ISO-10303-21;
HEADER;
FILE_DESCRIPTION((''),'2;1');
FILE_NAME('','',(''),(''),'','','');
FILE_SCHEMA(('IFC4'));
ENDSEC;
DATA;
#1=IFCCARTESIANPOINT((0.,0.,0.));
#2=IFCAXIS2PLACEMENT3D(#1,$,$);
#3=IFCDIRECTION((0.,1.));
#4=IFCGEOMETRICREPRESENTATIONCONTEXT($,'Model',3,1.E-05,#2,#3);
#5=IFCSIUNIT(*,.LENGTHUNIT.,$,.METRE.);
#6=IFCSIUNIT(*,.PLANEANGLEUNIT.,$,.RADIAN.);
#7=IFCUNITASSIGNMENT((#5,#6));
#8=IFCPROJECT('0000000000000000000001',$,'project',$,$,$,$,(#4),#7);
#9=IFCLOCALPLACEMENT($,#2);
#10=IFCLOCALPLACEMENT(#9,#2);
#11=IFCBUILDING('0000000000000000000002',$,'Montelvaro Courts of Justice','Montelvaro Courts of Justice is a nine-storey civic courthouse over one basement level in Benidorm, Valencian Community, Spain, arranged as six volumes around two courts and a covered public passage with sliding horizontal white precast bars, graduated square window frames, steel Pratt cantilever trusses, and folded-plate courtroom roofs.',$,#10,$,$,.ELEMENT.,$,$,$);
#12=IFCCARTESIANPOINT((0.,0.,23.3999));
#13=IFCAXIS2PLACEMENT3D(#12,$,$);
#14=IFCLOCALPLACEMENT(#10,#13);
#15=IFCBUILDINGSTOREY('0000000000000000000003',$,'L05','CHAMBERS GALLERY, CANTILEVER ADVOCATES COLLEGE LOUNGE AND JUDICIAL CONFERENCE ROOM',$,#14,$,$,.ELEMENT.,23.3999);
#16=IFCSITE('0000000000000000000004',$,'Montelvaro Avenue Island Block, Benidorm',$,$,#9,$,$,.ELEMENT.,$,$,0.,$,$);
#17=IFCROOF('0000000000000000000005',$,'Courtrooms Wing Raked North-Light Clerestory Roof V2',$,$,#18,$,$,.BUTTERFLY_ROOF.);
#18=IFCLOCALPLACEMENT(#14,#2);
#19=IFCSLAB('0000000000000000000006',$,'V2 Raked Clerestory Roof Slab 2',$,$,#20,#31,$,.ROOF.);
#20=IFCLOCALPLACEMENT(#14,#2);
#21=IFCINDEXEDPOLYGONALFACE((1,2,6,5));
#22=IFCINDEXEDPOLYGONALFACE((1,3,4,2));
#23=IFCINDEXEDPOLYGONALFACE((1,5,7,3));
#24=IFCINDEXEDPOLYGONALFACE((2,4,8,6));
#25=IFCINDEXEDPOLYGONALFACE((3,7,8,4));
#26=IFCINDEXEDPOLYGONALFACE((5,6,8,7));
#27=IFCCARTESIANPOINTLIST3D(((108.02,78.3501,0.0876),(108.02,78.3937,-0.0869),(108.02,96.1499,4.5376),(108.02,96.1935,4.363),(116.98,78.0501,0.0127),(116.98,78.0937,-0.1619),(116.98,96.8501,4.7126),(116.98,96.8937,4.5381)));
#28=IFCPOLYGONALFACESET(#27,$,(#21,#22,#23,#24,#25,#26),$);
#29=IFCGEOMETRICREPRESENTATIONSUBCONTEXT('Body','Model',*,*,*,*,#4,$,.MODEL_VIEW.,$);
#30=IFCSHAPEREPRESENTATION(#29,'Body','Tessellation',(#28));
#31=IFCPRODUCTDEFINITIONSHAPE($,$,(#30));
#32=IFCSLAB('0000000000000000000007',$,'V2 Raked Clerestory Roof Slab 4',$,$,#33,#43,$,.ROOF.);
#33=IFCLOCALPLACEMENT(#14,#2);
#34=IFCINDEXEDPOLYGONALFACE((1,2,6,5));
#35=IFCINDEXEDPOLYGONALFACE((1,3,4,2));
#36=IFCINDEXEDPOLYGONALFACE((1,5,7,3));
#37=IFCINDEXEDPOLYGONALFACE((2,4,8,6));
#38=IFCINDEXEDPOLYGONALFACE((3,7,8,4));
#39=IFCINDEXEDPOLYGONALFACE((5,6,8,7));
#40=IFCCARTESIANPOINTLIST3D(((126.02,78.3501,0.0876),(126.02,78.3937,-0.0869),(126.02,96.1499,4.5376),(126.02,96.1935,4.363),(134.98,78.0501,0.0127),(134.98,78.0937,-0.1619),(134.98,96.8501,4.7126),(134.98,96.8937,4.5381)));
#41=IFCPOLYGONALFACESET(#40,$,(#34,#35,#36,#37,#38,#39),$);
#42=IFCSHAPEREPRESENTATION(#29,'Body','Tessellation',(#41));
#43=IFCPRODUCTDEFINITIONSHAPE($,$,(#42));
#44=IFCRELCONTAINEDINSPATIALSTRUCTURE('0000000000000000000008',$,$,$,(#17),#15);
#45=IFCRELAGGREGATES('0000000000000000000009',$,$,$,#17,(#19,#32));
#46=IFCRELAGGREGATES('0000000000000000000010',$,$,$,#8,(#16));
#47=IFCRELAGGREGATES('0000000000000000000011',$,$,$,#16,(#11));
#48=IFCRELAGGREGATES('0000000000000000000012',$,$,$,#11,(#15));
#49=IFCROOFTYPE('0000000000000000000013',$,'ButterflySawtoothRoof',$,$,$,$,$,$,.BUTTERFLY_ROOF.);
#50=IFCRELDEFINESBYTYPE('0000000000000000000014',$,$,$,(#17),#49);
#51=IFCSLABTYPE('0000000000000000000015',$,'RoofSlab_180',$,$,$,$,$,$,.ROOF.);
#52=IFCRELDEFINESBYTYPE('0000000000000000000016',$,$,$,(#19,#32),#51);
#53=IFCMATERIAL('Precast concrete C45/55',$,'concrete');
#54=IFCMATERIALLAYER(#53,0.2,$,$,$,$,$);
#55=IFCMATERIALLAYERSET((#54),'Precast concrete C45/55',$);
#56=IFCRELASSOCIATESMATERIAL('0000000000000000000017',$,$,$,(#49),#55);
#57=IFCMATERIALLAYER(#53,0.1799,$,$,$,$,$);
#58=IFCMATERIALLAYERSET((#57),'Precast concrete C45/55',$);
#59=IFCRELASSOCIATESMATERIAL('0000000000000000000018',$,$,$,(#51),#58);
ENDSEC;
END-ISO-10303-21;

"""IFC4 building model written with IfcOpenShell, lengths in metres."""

from ifc_helpers import new_model, si_unit, direction, frame, origin, place, context, subcontext, project, spatial, polyline, outline, extrude, material, layer, layer_set, type_object, element, aggregate, save


model = new_model("IFC4")

# Units and contexts
model_context = context("Model", 3, precision=1e-05, world=origin(), true_north=direction((0.0, 1.0)))
body_context = subcontext(model_context, "Body", "Model", "MODEL_VIEW")
ifc_project = project(units=[si_unit("LENGTHUNIT", "METRE"), si_unit("PLANEANGLEUNIT", "RADIAN")], contexts=[model_context])

# Site, building, storey
site_placement = place(None, origin())
site = spatial("IfcSite", under=ifc_project, at=site_placement, Name="Montelvaro Avenue Island Block, Benidorm", CompositionType="ELEMENT", RefElevation=0.0)
building_placement = place(site_placement, origin())
building = spatial("IfcBuilding", under=site, at=building_placement, Name="Montelvaro Courts of Justice", Description="Montelvaro Courts of Justice is a nine-storey civic courthouse over one basement level in Benidorm, Valencian Community, Spain, arranged as six volumes around two courts and a covered public passage with sliding horizontal white precast bars, graduated square window frames, steel Pratt cantilever trusses, and folded-plate courtroom roofs.", CompositionType="ELEMENT")
storey_placement = place(building_placement, frame((0.0, 0.0, 23.3999)))
storey = spatial("IfcBuildingStorey", under=building, at=storey_placement, Name="L05", Description="CHAMBERS GALLERY, CANTILEVER ADVOCATES COLLEGE LOUNGE AND JUDICIAL CONFERENCE ROOM", CompositionType="ELEMENT", Elevation=23.3999)

# Roof, slabs
ifc_material_1 = material(Name="Precast concrete C45/55", Category="concrete")
ifc_layer_1 = layer(ifc_material_1, 0.2)
ifc_layer_set_1 = layer_set([ifc_layer_1], Name="Precast concrete C45/55")
roof_type = type_object("IfcRoofType", Name="ButterflySawtoothRoof", PredefinedType="BUTTERFLY_ROOF", material=ifc_layer_set_1)
roof_placement = place(storey_placement, origin())
roof = element("IfcRoof", 1, at=roof_placement, inside=storey, type_object=roof_type, Name="Courtrooms Wing Raked North-Light Clerestory Roof V2", PredefinedType="BUTTERFLY_ROOF")
ifc_layer_2 = layer(ifc_material_1, 0.1799)
ifc_layer_set_2 = layer_set([ifc_layer_2], Name="Precast concrete C45/55")
slab_type = type_object("IfcSlabType", Name="RoofSlab_180", PredefinedType="ROOF", material=ifc_layer_set_2)
slab_1_placement = place(storey_placement, frame((108.02, 78.3501, 0.0876), z_axis=(-0.000003, -0.242534, 0.970143), x_axis=(0.999405, -0.033467, -0.008363)))
slab_1 = element("IfcSlab", 2, at=slab_1_placement, type_object=slab_type, Name="V2 Raked Clerestory Roof Slab 2", PredefinedType="ROOF", context=body_context, shape_type="SweptSolid", body=[
    extrude(outline(polyline([(0.0, 0.0), (8.9653, 0.0), (8.2968, 19.3671), (-0.6329, 18.3367), (0.0, 0.0)])), origin(), (0.0, 0.0, -1.0), 0.1799),
])
slab_2_placement = place(storey_placement, frame((126.02, 78.3501, 0.0876), z_axis=(-0.000003, -0.242534, 0.970143), x_axis=(0.999405, -0.033467, -0.008363)))
slab_2 = element("IfcSlab", 3, at=slab_2_placement, type_object=slab_type, Name="V2 Raked Clerestory Roof Slab 4", PredefinedType="ROOF", context=body_context, shape_type="SweptSolid", body=[
    extrude(outline(polyline([(0.0, 0.0), (8.9653, 0.0), (8.2968, 19.3671), (-0.6329, 18.3367), (0.0, 0.0)])), origin(), (0.0, 0.0, -1.0), 0.1799),
])
aggregate(roof, [slab_1, slab_2])

save(model, "model.ifc")
